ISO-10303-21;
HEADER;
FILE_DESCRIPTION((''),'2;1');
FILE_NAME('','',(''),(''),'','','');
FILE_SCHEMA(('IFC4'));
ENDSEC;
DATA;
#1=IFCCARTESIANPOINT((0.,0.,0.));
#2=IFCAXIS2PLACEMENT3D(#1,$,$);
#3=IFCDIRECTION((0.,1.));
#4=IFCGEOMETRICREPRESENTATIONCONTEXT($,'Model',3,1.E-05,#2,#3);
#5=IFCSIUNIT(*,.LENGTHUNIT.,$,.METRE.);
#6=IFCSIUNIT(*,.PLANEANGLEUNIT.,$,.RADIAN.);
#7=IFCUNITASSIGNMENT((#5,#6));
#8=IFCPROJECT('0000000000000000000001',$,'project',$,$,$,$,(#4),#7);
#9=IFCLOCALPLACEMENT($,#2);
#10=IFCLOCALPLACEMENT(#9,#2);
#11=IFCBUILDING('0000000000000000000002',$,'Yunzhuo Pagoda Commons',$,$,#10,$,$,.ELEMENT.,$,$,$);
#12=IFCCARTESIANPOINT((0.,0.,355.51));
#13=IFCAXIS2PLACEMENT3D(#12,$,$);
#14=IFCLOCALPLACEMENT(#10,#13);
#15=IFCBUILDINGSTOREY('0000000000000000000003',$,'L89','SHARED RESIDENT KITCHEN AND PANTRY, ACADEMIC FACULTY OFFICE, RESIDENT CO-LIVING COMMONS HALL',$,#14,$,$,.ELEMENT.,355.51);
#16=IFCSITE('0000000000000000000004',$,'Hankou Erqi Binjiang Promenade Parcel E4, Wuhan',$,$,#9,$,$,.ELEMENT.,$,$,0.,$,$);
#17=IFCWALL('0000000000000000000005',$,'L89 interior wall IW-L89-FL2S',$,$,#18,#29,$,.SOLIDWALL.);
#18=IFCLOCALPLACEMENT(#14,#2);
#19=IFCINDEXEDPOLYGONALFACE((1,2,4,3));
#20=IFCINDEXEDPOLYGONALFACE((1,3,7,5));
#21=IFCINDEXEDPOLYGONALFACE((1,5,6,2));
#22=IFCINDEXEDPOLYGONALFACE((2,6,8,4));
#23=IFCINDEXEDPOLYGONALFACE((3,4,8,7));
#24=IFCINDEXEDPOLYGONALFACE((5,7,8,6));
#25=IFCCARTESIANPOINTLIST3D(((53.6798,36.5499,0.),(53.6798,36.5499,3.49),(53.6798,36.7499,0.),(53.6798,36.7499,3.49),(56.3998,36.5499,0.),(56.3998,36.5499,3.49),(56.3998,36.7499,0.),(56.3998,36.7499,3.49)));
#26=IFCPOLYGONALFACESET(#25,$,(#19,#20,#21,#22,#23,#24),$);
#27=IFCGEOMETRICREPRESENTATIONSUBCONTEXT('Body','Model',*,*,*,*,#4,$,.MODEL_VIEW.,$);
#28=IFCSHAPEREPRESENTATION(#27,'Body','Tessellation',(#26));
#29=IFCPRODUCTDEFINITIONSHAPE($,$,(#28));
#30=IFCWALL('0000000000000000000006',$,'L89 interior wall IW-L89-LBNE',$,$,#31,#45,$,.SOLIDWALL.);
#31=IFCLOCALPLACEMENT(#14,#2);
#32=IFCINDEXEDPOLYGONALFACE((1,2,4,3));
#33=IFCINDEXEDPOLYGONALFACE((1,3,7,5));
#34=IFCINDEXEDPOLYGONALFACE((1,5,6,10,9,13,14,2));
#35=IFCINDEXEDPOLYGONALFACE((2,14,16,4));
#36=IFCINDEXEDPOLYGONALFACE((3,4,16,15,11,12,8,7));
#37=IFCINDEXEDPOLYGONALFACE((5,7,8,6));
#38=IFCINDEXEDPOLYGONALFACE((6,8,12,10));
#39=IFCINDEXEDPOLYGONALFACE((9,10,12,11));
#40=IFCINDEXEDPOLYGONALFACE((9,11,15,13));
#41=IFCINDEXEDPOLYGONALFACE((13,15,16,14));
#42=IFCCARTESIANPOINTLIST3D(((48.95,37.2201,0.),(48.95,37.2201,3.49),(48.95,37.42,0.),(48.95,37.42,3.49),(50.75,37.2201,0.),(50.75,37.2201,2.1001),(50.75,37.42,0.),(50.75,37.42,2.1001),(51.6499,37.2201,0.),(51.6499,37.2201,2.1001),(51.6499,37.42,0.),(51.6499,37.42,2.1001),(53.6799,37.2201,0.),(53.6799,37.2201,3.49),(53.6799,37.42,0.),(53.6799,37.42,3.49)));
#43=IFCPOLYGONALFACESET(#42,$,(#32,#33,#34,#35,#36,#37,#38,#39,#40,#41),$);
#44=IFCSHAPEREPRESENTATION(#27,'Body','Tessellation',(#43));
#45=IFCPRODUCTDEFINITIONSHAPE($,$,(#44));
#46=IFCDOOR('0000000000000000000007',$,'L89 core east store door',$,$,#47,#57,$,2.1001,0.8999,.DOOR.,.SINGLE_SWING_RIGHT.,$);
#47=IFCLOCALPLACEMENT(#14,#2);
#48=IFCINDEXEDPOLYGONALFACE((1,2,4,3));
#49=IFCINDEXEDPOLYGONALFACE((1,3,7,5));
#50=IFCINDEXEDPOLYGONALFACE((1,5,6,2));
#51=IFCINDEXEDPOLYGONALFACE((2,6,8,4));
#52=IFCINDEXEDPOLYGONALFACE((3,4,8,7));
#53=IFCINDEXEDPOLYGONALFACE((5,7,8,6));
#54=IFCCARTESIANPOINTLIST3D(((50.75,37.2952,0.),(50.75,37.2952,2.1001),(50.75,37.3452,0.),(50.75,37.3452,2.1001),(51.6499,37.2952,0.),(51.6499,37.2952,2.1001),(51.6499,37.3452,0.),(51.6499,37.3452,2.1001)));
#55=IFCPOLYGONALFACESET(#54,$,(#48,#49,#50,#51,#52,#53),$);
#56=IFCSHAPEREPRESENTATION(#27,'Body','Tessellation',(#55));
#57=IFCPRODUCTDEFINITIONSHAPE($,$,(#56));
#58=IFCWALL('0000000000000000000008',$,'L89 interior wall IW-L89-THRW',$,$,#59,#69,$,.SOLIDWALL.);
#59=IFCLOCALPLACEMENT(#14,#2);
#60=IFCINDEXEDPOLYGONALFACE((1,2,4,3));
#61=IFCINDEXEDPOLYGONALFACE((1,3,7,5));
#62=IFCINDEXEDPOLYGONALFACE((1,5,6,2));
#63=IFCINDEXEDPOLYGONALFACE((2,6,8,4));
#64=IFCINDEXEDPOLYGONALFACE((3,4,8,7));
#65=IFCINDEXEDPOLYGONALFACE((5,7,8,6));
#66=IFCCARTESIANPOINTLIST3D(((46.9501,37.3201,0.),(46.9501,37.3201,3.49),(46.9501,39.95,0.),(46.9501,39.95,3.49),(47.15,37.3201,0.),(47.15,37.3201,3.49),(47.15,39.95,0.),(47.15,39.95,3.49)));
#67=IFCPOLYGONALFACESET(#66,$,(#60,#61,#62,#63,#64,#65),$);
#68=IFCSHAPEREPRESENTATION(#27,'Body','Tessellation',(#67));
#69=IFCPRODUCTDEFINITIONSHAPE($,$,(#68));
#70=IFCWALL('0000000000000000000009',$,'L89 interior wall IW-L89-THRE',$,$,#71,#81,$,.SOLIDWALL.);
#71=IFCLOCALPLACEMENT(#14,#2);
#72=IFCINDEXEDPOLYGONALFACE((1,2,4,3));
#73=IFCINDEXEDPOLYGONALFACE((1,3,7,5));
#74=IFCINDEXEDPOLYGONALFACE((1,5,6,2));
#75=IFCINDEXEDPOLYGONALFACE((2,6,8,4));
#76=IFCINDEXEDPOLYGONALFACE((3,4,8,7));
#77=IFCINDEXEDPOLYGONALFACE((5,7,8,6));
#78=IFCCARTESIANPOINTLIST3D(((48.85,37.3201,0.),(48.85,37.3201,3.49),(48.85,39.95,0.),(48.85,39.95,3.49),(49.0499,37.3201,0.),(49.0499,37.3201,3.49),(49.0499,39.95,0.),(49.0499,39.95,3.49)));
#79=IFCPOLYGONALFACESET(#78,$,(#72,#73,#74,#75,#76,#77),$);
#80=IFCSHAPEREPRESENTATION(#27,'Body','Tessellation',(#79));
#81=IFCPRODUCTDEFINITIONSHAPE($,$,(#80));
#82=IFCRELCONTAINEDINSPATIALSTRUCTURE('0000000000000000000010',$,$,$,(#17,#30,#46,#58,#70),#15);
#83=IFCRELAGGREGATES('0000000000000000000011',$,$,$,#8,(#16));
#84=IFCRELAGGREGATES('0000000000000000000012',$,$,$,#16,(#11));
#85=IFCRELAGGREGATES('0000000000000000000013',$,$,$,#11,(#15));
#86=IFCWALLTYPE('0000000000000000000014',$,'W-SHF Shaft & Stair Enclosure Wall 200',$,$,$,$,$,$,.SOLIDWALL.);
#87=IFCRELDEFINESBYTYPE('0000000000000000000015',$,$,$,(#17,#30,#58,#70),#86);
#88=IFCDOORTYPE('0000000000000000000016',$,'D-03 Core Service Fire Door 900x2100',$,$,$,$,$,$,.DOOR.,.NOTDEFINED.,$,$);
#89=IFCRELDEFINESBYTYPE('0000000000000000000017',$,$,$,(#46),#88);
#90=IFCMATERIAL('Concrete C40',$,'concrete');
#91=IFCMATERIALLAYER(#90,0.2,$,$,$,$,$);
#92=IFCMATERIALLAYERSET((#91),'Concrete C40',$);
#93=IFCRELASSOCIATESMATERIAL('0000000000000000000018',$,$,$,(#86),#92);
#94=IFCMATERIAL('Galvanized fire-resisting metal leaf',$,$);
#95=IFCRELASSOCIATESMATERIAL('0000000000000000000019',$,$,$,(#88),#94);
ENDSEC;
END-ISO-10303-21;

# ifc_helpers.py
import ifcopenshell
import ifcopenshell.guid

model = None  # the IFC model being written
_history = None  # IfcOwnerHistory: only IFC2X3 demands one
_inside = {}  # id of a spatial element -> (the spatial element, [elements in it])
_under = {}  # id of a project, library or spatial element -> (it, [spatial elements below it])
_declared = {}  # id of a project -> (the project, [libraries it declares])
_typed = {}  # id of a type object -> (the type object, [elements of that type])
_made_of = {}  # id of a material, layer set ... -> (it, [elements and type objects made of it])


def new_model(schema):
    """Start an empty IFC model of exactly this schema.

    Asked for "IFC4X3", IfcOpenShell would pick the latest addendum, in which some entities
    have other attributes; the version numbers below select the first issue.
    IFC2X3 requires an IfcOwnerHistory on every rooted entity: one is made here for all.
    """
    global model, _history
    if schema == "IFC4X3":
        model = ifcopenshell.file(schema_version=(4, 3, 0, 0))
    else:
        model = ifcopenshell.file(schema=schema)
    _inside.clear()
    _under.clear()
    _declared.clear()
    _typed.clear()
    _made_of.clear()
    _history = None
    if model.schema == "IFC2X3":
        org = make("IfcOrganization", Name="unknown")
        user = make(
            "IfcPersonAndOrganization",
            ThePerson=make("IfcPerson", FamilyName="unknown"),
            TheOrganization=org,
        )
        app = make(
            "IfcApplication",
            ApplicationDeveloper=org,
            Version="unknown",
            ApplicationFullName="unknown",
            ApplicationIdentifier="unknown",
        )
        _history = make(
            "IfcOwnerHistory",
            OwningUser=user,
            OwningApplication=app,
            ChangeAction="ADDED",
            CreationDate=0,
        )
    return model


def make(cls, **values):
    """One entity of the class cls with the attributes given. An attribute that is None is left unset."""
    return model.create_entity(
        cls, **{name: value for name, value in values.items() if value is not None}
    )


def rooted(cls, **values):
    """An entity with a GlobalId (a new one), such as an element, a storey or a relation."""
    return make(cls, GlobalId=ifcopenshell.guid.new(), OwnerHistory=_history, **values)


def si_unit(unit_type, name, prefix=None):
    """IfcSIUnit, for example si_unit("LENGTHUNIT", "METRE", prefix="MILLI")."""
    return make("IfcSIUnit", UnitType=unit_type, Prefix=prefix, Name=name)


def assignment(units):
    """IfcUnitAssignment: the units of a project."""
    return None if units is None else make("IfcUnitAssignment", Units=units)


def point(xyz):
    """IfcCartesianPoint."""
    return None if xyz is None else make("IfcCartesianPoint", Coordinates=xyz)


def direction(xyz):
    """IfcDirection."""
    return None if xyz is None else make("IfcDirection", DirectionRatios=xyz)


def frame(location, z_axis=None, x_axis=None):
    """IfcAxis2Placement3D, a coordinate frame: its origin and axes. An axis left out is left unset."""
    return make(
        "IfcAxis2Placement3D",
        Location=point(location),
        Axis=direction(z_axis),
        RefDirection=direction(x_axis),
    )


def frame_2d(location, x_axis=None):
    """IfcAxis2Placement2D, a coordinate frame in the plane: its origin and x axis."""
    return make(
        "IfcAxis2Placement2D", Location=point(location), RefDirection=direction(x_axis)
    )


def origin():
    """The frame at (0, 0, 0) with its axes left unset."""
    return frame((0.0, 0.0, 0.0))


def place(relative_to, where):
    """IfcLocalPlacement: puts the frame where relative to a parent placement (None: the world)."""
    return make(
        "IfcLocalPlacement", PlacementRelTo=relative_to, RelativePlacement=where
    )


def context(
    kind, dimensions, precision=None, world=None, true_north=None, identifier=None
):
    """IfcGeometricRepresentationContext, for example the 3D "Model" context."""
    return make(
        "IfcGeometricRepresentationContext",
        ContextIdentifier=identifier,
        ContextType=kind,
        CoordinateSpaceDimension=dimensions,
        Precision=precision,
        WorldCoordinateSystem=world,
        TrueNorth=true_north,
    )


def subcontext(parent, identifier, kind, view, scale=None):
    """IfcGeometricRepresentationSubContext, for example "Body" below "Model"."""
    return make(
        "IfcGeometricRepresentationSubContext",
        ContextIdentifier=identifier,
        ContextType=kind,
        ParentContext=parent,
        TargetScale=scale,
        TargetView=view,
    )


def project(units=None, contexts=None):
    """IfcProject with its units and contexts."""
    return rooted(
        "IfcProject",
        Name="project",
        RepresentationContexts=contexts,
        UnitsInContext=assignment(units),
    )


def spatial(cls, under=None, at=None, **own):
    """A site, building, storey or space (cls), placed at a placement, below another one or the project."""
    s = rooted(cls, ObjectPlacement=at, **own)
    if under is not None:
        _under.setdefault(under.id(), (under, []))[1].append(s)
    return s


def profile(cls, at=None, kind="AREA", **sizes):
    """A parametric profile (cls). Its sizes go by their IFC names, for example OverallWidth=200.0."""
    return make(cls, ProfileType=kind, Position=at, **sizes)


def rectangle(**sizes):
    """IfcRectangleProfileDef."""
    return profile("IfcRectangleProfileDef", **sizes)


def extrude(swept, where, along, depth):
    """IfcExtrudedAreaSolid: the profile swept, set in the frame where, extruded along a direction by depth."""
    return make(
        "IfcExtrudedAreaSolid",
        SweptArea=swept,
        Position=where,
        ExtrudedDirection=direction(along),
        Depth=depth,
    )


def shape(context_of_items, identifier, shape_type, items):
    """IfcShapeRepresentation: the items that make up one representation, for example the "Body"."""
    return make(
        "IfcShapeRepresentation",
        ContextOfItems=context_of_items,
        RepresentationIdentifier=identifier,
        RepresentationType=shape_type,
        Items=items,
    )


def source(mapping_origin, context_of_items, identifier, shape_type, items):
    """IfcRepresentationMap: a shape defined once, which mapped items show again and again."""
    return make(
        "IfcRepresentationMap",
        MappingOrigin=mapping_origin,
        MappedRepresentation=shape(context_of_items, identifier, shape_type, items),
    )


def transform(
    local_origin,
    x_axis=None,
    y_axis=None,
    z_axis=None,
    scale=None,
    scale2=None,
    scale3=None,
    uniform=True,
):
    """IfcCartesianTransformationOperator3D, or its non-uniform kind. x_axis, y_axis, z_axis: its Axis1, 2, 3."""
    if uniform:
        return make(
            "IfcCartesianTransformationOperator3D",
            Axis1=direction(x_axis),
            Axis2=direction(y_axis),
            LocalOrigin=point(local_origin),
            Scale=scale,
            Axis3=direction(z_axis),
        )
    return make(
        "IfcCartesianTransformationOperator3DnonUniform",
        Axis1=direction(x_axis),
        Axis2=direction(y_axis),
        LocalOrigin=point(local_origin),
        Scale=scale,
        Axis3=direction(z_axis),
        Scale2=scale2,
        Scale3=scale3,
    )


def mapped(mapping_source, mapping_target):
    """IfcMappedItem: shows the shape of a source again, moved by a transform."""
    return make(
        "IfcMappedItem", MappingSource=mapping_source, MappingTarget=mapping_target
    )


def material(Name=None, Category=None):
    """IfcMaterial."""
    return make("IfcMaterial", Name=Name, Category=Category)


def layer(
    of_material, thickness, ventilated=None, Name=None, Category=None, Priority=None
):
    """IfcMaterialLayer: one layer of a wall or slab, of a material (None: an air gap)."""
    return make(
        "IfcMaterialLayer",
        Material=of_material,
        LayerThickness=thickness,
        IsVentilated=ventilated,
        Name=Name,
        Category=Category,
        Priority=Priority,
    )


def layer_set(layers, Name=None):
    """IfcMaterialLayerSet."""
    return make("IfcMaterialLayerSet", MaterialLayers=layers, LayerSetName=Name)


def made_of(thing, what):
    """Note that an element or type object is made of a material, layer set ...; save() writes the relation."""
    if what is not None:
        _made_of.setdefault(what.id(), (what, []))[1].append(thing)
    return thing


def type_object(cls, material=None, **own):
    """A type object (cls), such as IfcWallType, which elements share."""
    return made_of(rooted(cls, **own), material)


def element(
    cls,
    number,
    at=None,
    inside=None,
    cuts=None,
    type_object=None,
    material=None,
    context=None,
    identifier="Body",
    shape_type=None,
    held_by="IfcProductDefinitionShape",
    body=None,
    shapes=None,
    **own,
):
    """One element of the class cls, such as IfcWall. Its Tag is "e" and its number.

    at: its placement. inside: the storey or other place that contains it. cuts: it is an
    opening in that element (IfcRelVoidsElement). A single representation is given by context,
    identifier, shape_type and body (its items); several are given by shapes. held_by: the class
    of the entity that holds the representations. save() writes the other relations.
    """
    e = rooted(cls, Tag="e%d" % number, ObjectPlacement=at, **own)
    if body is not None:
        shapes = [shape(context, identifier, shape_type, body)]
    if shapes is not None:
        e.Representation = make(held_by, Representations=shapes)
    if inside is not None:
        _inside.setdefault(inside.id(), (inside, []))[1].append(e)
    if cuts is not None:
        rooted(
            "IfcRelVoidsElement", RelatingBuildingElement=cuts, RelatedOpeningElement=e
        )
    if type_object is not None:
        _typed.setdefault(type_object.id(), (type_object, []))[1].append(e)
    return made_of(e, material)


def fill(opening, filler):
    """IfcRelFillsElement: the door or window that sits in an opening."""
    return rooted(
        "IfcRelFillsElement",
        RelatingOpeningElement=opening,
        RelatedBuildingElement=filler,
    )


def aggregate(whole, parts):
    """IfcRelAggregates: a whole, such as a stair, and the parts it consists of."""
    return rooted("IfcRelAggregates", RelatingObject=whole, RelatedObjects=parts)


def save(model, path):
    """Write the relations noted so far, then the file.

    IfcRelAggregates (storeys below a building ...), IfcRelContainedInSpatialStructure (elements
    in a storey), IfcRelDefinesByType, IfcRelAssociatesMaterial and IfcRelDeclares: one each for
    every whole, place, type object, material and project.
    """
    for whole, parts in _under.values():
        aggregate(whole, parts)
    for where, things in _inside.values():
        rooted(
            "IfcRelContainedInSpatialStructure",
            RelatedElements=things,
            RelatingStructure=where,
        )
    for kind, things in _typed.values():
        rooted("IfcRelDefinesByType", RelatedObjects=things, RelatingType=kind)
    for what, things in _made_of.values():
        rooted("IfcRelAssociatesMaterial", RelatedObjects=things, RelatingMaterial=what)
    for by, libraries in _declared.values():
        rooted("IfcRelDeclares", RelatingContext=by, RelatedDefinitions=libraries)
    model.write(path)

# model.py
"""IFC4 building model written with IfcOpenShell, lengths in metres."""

from ifc_helpers import new_model, si_unit, direction, frame, frame_2d, origin, place, context, subcontext, project, spatial, rectangle, extrude, source, transform, mapped, material, layer, layer_set, type_object, element, fill, save


model = new_model("IFC4")

# Units and contexts
model_context = context("Model", 3, precision=1e-05, world=origin(), true_north=direction((0.0, 1.0)))
body_context = subcontext(model_context, "Body", "Model", "MODEL_VIEW")
ifc_project = project(units=[si_unit("LENGTHUNIT", "METRE"), si_unit("PLANEANGLEUNIT", "RADIAN")], contexts=[model_context])

# Site, building, storey
site_placement = place(None, origin())
site = spatial("IfcSite", under=ifc_project, at=site_placement, Name="Hankou Erqi Binjiang Promenade Parcel E4, Wuhan", CompositionType="ELEMENT", RefElevation=0.0)
building_placement = place(site_placement, origin())
building = spatial("IfcBuilding", under=site, at=building_placement, Name="Yunzhuo Pagoda Commons", CompositionType="ELEMENT")
storey_placement = place(building_placement, frame((0.0, 0.0, 355.51)))
storey = spatial("IfcBuildingStorey", under=building, at=storey_placement, Name="L89", Description="SHARED RESIDENT KITCHEN AND PANTRY, ACADEMIC FACULTY OFFICE, RESIDENT CO-LIVING COMMONS HALL", CompositionType="ELEMENT", Elevation=355.51)

# Shared definitions
ifc_material_1 = material(Name="Galvanized fire-resisting metal leaf")

# Wall
ifc_material_2 = material(Name="Concrete C40", Category="concrete")
ifc_layer_1 = layer(ifc_material_2, 0.2)
ifc_layer_set_1 = layer_set([ifc_layer_1], Name="Concrete C40")
wall_type_1 = type_object("IfcWallType", Name="W-SHF Shaft & Stair Enclosure Wall 200", PredefinedType="SOLIDWALL", material=ifc_layer_set_1)
wall_1_placement = place(storey_placement, frame((53.6799, 36.6499, 0.0), z_axis=(0.0, 0.0, 1.0), x_axis=(1.0, 0.0, 0.0)))
element("IfcWall", 1, at=wall_1_placement, inside=storey, type_object=wall_type_1, Name="L89 interior wall IW-L89-FL2S", PredefinedType="SOLIDWALL", context=body_context, shape_type="SweptSolid", body=[
    extrude(rectangle(XDim=2.72, YDim=0.2, at=frame_2d((1.3599, 0.0))), origin(), (0.0, 0.0, 1.0), 3.49),
])

# Wall, opening, door
wall_2_placement = place(storey_placement, frame((48.95, 37.3201, 0.0), z_axis=(0.0, 0.0, 1.0), x_axis=(1.0, 0.0, 0.0)))
wall_2 = element("IfcWall", 2, at=wall_2_placement, inside=storey, type_object=wall_type_1, Name="L89 interior wall IW-L89-LBNE", PredefinedType="SOLIDWALL", context=body_context, shape_type="SweptSolid", body=[
    extrude(rectangle(XDim=4.73, YDim=0.2, at=frame_2d((2.365, 0.0))), origin(), (0.0, 0.0, 1.0), 3.49),
])
opening_1_placement = place(wall_2_placement, frame((1.8, 0.0, 0.0)))
opening_1 = element("IfcOpeningElement", 3, at=opening_1_placement, cuts=wall_2, PredefinedType="OPENING", context=body_context, shape_type="SweptSolid", body=[
    extrude(rectangle(XDim=0.8999, YDim=2.1001, at=frame_2d((0.45, 1.05))), frame((0.0, 0.1099, 0.0), z_axis=(0.0, -1.0, 0.0), x_axis=(1.0, 0.0, 0.0)), (0.0, 0.0, 1.0), 0.22),
])
door_type_1 = type_object("IfcDoorType", Name="D-03 Core Service Fire Door 900x2100", OperationType="NOTDEFINED", PredefinedType="DOOR", material=ifc_material_1)
shared_shape_1 = source(origin(), body_context, "Body", "SweptSolid", [
    extrude(rectangle(XDim=0.8999, YDim=2.1001, at=frame_2d((0.45, 1.05))), frame((0.0, 0.0249, 0.0), z_axis=(0.0, -1.0, 0.0), x_axis=(1.0, 0.0, 0.0)), (0.0, 0.0, 1.0), 0.05),
])
door_1_placement = place(opening_1_placement, frame((0.8999, 0.0, 0.0), z_axis=(0.0, 0.0, 1.0), x_axis=(-1.0, 0.0, 0.0)))
door_1 = element("IfcDoor", 4, at=door_1_placement, inside=storey, type_object=door_type_1, Name="L89 core east store door", OperationType="SINGLE_SWING_RIGHT", OverallHeight=2.1001, OverallWidth=0.8999, PredefinedType="DOOR", context=body_context, shape_type="MappedRepresentation", body=[
    mapped(shared_shape_1, transform((0.0, 0.0, 0.0), scale=1.0)),
])
fill(opening_1, door_1)

# Walls
for number, where, z_axis, x_axis, name in (
    (5, (47.05, 37.3201, 0.0), (0.0, 0.0, 1.0), (0.0, 1.0, 0.0), "L89 interior wall IW-L89-THRW"),
    (6, (48.95, 37.3201, 0.0), (0.0, 0.0, 1.0), (0.0, 1.0, 0.0), "L89 interior wall IW-L89-THRE"),
):
    element("IfcWall", number, at=place(storey_placement, frame(where, z_axis=z_axis, x_axis=x_axis)), inside=storey, type_object=wall_type_1, Name=name, PredefinedType="SOLIDWALL", context=body_context, shape_type="SweptSolid", body=[
        extrude(rectangle(XDim=2.6299, YDim=0.2, at=frame_2d((1.3149, 0.0))), origin(), (0.0, 0.0, 1.0), 3.49),
    ])

save(model, "model.ifc")
